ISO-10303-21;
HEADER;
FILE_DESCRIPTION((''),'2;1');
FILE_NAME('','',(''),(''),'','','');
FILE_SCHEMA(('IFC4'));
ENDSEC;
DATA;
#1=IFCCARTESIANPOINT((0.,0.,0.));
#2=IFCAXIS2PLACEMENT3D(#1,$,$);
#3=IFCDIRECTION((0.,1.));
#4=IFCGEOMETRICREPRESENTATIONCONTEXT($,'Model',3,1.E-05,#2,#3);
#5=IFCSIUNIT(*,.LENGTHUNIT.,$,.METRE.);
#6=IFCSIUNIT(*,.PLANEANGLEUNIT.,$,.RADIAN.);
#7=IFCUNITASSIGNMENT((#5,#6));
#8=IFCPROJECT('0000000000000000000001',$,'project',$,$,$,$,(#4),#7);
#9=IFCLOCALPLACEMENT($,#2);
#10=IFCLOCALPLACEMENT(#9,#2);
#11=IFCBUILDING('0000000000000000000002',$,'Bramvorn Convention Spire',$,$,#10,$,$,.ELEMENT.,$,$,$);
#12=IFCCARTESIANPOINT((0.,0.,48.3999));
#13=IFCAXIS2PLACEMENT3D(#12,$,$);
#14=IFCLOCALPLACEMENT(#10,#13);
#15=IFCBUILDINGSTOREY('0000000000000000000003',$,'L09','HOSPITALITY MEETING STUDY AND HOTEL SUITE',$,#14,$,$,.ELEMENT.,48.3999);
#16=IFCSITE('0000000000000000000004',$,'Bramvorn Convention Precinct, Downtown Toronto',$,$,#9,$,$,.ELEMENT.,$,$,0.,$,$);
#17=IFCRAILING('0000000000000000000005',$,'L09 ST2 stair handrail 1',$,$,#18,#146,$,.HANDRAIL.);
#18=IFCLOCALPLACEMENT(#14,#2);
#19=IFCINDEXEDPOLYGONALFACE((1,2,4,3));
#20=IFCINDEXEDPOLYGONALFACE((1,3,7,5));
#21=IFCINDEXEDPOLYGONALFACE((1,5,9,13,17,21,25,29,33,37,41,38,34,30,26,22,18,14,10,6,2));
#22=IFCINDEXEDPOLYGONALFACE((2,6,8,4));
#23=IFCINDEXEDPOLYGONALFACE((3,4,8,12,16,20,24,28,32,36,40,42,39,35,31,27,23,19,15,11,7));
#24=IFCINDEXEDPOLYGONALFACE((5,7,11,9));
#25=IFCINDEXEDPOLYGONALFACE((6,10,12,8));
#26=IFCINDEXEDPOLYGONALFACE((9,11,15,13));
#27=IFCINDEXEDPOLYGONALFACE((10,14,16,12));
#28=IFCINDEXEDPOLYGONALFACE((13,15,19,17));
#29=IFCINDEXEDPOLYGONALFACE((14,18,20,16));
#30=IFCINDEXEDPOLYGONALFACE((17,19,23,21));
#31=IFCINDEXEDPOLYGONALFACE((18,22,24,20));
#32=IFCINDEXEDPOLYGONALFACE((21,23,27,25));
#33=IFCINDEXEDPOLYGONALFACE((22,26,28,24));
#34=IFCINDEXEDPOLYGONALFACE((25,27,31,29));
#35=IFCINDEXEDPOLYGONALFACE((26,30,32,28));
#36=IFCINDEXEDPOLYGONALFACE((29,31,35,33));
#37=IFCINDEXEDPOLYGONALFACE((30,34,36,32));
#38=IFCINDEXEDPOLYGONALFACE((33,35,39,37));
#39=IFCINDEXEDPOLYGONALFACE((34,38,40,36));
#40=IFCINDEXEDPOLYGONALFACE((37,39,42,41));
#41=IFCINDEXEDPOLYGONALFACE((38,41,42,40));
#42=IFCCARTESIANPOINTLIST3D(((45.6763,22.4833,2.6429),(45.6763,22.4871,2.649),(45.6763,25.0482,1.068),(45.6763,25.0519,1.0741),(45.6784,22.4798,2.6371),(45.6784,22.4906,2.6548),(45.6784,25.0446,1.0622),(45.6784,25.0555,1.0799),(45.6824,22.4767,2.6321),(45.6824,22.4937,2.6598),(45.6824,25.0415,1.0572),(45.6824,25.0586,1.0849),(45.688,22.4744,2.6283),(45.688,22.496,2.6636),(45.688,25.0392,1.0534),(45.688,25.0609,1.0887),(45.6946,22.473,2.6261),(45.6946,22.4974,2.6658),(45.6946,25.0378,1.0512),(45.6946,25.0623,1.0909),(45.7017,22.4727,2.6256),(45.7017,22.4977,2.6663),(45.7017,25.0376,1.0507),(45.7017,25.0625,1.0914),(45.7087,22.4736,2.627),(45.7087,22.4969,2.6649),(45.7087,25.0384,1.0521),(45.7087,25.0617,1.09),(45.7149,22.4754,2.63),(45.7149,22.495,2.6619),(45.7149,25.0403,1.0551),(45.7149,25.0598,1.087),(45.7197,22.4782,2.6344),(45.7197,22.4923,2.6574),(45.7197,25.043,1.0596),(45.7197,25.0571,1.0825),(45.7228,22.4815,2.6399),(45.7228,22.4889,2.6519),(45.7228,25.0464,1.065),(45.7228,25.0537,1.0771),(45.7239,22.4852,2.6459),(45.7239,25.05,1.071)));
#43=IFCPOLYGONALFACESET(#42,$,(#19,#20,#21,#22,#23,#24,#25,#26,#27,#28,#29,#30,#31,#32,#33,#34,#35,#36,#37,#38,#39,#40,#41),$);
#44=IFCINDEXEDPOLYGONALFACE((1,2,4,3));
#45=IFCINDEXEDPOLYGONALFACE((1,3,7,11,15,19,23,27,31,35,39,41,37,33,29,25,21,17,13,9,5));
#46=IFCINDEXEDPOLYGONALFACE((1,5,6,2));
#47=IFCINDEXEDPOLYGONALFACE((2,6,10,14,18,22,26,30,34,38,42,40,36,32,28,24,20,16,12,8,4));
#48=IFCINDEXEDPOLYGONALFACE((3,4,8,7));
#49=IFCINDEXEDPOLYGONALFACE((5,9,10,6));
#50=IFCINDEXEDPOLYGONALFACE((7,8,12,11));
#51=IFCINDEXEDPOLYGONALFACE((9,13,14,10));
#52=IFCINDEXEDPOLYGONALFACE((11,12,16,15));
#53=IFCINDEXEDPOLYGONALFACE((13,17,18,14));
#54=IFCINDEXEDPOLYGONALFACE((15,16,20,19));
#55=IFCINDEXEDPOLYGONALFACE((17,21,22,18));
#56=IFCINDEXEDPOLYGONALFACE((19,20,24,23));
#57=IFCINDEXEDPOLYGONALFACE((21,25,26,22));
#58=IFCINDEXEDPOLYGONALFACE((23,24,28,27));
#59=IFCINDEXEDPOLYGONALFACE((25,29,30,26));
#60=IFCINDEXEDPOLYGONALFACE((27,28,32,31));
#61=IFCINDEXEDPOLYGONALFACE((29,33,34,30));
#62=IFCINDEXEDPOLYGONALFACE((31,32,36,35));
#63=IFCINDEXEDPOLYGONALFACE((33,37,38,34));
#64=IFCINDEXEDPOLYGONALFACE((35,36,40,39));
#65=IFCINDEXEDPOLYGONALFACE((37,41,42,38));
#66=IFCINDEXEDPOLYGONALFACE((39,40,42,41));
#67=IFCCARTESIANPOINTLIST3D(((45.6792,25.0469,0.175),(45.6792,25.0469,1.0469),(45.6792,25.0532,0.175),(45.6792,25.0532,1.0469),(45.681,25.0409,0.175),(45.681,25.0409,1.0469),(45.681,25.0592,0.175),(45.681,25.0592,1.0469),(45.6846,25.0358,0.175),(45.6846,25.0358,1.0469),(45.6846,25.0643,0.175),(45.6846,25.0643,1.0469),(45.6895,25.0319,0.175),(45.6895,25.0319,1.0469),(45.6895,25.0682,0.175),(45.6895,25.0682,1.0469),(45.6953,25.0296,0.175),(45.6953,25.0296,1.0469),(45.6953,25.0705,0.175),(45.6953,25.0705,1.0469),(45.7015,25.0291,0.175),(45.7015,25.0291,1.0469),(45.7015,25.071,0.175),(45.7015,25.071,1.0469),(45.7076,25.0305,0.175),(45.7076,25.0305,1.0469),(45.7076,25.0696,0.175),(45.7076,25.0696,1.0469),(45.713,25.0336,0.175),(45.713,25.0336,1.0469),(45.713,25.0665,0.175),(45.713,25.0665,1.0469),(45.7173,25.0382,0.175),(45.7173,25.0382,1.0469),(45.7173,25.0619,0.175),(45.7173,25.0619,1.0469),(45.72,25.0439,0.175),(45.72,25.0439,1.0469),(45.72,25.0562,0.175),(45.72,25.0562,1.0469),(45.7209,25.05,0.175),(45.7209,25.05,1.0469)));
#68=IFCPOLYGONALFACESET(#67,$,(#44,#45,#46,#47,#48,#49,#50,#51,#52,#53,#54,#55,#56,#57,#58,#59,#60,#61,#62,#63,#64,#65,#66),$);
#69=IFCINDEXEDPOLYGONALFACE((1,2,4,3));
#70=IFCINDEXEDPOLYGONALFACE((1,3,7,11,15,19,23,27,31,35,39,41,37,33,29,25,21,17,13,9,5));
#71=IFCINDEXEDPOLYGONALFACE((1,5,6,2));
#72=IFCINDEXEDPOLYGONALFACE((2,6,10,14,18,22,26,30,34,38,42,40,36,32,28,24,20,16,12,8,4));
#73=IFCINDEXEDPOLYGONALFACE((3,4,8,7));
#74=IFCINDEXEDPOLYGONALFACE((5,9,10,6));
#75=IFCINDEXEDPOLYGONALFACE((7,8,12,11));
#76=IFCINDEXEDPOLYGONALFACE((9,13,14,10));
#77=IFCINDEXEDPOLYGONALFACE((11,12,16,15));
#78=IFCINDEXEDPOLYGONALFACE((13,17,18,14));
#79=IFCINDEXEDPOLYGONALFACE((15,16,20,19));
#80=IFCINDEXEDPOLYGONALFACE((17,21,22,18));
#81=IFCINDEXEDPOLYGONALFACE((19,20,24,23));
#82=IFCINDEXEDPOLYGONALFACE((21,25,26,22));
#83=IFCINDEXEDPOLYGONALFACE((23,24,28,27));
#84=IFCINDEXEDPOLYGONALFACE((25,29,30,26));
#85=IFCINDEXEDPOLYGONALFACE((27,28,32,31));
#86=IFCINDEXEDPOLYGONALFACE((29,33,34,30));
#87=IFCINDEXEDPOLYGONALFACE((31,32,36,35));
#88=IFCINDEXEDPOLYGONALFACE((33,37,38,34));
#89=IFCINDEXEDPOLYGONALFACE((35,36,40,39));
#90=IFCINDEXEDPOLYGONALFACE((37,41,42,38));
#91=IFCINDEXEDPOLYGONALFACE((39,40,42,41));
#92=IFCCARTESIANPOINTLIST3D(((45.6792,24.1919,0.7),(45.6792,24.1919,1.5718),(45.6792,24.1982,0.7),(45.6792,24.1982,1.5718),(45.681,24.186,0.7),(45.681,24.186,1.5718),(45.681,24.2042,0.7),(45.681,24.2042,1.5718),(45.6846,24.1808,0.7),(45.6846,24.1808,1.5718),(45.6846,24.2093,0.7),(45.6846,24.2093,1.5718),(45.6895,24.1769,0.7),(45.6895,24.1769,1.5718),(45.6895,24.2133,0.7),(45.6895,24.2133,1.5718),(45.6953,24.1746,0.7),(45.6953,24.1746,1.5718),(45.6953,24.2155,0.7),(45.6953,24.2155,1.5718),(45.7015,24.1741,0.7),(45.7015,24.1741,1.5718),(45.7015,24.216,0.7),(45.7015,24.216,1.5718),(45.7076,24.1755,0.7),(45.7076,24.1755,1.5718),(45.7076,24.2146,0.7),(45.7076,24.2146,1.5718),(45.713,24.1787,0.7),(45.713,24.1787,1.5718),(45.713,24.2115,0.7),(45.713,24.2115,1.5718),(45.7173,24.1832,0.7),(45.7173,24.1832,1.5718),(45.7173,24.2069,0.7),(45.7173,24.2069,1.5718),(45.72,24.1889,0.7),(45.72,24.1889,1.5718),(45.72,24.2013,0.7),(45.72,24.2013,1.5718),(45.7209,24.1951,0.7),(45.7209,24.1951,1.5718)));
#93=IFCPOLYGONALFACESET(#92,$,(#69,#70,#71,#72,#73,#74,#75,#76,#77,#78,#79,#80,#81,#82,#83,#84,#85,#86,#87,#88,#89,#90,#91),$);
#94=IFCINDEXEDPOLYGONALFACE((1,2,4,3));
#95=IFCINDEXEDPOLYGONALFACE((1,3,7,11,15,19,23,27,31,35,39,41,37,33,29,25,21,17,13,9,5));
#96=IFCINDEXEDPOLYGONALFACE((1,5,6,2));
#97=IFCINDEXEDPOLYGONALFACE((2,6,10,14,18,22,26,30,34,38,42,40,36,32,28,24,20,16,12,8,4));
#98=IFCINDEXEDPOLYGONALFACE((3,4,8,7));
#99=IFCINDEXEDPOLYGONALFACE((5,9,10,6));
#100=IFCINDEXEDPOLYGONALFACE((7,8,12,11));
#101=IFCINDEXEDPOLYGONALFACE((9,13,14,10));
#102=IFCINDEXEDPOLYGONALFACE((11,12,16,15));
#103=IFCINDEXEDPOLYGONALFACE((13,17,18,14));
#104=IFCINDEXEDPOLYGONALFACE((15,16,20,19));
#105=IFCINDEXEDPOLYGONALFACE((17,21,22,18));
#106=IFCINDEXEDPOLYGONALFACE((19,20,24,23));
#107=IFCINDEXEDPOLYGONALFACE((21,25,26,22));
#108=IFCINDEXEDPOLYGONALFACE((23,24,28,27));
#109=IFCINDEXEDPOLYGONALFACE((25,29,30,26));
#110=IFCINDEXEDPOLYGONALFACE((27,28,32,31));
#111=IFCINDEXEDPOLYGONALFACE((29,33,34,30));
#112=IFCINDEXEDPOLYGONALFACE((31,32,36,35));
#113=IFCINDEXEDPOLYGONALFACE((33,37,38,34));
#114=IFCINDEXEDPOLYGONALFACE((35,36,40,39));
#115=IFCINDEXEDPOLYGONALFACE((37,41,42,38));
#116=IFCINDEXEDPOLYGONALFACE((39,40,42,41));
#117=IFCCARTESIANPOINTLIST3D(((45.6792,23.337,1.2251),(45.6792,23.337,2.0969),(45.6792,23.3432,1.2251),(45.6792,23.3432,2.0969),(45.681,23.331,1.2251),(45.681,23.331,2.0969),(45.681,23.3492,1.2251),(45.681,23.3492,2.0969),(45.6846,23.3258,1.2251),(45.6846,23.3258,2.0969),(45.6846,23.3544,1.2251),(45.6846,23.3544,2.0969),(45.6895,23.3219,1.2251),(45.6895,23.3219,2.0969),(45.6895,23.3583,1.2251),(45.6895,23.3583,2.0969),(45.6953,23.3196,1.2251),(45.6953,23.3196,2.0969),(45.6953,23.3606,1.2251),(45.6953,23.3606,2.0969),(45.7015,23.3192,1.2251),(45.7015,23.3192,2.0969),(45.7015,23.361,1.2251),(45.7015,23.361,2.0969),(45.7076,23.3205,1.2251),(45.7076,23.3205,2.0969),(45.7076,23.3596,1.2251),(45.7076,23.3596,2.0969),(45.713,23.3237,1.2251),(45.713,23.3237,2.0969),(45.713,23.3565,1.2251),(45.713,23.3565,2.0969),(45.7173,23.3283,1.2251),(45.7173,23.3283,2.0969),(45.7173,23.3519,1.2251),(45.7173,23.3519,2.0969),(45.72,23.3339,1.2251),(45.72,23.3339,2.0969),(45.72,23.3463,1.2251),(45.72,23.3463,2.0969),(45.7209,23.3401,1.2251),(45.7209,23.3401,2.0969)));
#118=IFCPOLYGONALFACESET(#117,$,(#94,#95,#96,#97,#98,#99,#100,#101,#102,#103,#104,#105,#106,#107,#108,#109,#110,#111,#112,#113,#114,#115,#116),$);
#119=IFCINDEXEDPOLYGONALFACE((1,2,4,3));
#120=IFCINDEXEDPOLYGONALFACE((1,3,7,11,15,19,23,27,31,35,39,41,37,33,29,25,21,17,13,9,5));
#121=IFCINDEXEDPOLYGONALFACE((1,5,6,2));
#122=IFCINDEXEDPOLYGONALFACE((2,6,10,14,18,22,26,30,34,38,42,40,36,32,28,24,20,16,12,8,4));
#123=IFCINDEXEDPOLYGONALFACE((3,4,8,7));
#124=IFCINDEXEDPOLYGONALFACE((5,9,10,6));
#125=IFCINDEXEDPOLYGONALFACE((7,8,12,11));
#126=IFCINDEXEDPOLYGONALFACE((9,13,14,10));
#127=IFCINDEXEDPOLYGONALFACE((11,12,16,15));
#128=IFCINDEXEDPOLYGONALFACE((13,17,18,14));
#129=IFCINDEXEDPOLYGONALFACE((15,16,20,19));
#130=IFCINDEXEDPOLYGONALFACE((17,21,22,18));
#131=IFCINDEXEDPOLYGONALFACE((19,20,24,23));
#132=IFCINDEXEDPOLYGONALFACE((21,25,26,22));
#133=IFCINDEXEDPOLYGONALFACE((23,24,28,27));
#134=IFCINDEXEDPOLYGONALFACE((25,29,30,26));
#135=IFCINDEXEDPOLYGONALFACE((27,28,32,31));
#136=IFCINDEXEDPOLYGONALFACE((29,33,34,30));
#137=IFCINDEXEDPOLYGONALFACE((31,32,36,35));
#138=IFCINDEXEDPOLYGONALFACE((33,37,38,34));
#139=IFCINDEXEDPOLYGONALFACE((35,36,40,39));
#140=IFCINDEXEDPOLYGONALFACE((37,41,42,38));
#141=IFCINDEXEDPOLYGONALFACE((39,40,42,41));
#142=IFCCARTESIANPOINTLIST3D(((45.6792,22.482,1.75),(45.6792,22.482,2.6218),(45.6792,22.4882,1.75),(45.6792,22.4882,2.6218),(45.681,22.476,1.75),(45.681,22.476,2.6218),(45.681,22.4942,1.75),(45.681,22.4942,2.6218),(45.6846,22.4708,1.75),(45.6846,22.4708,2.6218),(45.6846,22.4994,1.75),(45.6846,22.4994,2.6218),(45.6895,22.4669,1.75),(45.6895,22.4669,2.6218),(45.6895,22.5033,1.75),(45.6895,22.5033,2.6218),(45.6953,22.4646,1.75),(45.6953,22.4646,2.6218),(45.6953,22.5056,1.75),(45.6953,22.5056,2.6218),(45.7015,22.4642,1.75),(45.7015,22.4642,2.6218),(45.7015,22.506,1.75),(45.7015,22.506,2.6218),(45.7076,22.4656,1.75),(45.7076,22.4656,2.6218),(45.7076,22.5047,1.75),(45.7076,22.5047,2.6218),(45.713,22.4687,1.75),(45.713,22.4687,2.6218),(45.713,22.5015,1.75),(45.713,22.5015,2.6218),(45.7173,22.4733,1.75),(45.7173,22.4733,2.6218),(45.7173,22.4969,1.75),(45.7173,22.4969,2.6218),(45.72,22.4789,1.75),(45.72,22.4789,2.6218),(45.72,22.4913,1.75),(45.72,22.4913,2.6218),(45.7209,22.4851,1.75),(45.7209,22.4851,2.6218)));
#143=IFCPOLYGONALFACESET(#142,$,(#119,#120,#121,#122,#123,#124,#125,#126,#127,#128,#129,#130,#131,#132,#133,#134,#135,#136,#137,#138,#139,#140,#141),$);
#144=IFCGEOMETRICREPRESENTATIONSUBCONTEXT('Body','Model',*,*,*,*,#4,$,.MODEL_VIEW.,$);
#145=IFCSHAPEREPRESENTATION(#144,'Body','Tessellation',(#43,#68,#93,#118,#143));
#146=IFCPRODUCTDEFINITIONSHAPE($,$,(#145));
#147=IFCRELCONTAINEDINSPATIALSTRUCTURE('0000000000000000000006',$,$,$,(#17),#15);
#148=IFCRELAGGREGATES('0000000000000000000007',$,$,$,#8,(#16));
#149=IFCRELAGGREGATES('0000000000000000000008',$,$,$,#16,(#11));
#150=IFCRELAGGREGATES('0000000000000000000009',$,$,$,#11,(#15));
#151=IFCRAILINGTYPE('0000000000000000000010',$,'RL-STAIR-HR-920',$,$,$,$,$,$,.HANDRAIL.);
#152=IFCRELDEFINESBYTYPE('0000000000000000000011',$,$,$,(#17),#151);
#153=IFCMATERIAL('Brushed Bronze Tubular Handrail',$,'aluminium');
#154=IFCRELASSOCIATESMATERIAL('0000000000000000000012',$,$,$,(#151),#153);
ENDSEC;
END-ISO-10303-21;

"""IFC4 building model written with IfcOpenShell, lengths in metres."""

from ifc_helpers import new_model, si_unit, direction, frame, origin, origin_2d, place, context, subcontext, project, spatial, circle, extrude, material, type_object, element, save


model = new_model("IFC4")

# Units and contexts
model_context = context("Model", 3, precision=1e-05, world=origin(), true_north=direction((0.0, 1.0)))
body_context = subcontext(model_context, "Body", "Model", "MODEL_VIEW")
ifc_project = project(units=[si_unit("LENGTHUNIT", "METRE"), si_unit("PLANEANGLEUNIT", "RADIAN")], contexts=[model_context])

# Site, building, storey
site_placement = place(None, origin())
site = spatial("IfcSite", under=ifc_project, at=site_placement, Name="Bramvorn Convention Precinct, Downtown Toronto", CompositionType="ELEMENT", RefElevation=0.0)
building_placement = place(site_placement, origin())
building = spatial("IfcBuilding", under=site, at=building_placement, Name="Bramvorn Convention Spire", CompositionType="ELEMENT")
storey_placement = place(building_placement, frame((0.0, 0.0, 48.3999)))
storey = spatial("IfcBuildingStorey", under=building, at=storey_placement, Name="L09", Description="HOSPITALITY MEETING STUDY AND HOTEL SUITE", CompositionType="ELEMENT", Elevation=48.3999)

# Railing
ifc_material_1 = material(Name="Brushed Bronze Tubular Handrail", Category="aluminium")
railing_type_1 = type_object("IfcRailingType", Name="RL-STAIR-HR-920", PredefinedType="HANDRAIL", material=ifc_material_1)
railing_1_placement = place(storey_placement, frame((45.7, 25.05, 0.175)))
element("IfcRailing", 1, at=railing_1_placement, inside=storey, type_object=railing_type_1, Name="L09 ST2 stair handrail 1", PredefinedType="HANDRAIL", context=body_context, shape_type="SweptSolid", body=[
    extrude(circle(Radius=0.0239, at=origin_2d()), frame((0.0, 0.0, 0.896), z_axis=(0.0, -0.852173, 0.52326), x_axis=(1.0, 0.0, 0.0)), (0.0, 0.0, 1.0), 3.0098),
    extrude(circle(Radius=0.021, at=origin_2d()), origin(), (0.0, 0.0, 1.0), 0.8718),
    extrude(circle(Radius=0.021, at=origin_2d()), frame((0.0, -0.855, 0.5249)), (0.0, 0.0, 1.0), 0.8718),
    extrude(circle(Radius=0.021, at=origin_2d()), frame((0.0, -1.71, 1.05)), (0.0, 0.0, 1.0), 0.8718),
    extrude(circle(Radius=0.021, at=origin_2d()), frame((0.0, -2.5649, 1.575)), (0.0, 0.0, 1.0), 0.8718),
])

save(model, "model.ifc")
